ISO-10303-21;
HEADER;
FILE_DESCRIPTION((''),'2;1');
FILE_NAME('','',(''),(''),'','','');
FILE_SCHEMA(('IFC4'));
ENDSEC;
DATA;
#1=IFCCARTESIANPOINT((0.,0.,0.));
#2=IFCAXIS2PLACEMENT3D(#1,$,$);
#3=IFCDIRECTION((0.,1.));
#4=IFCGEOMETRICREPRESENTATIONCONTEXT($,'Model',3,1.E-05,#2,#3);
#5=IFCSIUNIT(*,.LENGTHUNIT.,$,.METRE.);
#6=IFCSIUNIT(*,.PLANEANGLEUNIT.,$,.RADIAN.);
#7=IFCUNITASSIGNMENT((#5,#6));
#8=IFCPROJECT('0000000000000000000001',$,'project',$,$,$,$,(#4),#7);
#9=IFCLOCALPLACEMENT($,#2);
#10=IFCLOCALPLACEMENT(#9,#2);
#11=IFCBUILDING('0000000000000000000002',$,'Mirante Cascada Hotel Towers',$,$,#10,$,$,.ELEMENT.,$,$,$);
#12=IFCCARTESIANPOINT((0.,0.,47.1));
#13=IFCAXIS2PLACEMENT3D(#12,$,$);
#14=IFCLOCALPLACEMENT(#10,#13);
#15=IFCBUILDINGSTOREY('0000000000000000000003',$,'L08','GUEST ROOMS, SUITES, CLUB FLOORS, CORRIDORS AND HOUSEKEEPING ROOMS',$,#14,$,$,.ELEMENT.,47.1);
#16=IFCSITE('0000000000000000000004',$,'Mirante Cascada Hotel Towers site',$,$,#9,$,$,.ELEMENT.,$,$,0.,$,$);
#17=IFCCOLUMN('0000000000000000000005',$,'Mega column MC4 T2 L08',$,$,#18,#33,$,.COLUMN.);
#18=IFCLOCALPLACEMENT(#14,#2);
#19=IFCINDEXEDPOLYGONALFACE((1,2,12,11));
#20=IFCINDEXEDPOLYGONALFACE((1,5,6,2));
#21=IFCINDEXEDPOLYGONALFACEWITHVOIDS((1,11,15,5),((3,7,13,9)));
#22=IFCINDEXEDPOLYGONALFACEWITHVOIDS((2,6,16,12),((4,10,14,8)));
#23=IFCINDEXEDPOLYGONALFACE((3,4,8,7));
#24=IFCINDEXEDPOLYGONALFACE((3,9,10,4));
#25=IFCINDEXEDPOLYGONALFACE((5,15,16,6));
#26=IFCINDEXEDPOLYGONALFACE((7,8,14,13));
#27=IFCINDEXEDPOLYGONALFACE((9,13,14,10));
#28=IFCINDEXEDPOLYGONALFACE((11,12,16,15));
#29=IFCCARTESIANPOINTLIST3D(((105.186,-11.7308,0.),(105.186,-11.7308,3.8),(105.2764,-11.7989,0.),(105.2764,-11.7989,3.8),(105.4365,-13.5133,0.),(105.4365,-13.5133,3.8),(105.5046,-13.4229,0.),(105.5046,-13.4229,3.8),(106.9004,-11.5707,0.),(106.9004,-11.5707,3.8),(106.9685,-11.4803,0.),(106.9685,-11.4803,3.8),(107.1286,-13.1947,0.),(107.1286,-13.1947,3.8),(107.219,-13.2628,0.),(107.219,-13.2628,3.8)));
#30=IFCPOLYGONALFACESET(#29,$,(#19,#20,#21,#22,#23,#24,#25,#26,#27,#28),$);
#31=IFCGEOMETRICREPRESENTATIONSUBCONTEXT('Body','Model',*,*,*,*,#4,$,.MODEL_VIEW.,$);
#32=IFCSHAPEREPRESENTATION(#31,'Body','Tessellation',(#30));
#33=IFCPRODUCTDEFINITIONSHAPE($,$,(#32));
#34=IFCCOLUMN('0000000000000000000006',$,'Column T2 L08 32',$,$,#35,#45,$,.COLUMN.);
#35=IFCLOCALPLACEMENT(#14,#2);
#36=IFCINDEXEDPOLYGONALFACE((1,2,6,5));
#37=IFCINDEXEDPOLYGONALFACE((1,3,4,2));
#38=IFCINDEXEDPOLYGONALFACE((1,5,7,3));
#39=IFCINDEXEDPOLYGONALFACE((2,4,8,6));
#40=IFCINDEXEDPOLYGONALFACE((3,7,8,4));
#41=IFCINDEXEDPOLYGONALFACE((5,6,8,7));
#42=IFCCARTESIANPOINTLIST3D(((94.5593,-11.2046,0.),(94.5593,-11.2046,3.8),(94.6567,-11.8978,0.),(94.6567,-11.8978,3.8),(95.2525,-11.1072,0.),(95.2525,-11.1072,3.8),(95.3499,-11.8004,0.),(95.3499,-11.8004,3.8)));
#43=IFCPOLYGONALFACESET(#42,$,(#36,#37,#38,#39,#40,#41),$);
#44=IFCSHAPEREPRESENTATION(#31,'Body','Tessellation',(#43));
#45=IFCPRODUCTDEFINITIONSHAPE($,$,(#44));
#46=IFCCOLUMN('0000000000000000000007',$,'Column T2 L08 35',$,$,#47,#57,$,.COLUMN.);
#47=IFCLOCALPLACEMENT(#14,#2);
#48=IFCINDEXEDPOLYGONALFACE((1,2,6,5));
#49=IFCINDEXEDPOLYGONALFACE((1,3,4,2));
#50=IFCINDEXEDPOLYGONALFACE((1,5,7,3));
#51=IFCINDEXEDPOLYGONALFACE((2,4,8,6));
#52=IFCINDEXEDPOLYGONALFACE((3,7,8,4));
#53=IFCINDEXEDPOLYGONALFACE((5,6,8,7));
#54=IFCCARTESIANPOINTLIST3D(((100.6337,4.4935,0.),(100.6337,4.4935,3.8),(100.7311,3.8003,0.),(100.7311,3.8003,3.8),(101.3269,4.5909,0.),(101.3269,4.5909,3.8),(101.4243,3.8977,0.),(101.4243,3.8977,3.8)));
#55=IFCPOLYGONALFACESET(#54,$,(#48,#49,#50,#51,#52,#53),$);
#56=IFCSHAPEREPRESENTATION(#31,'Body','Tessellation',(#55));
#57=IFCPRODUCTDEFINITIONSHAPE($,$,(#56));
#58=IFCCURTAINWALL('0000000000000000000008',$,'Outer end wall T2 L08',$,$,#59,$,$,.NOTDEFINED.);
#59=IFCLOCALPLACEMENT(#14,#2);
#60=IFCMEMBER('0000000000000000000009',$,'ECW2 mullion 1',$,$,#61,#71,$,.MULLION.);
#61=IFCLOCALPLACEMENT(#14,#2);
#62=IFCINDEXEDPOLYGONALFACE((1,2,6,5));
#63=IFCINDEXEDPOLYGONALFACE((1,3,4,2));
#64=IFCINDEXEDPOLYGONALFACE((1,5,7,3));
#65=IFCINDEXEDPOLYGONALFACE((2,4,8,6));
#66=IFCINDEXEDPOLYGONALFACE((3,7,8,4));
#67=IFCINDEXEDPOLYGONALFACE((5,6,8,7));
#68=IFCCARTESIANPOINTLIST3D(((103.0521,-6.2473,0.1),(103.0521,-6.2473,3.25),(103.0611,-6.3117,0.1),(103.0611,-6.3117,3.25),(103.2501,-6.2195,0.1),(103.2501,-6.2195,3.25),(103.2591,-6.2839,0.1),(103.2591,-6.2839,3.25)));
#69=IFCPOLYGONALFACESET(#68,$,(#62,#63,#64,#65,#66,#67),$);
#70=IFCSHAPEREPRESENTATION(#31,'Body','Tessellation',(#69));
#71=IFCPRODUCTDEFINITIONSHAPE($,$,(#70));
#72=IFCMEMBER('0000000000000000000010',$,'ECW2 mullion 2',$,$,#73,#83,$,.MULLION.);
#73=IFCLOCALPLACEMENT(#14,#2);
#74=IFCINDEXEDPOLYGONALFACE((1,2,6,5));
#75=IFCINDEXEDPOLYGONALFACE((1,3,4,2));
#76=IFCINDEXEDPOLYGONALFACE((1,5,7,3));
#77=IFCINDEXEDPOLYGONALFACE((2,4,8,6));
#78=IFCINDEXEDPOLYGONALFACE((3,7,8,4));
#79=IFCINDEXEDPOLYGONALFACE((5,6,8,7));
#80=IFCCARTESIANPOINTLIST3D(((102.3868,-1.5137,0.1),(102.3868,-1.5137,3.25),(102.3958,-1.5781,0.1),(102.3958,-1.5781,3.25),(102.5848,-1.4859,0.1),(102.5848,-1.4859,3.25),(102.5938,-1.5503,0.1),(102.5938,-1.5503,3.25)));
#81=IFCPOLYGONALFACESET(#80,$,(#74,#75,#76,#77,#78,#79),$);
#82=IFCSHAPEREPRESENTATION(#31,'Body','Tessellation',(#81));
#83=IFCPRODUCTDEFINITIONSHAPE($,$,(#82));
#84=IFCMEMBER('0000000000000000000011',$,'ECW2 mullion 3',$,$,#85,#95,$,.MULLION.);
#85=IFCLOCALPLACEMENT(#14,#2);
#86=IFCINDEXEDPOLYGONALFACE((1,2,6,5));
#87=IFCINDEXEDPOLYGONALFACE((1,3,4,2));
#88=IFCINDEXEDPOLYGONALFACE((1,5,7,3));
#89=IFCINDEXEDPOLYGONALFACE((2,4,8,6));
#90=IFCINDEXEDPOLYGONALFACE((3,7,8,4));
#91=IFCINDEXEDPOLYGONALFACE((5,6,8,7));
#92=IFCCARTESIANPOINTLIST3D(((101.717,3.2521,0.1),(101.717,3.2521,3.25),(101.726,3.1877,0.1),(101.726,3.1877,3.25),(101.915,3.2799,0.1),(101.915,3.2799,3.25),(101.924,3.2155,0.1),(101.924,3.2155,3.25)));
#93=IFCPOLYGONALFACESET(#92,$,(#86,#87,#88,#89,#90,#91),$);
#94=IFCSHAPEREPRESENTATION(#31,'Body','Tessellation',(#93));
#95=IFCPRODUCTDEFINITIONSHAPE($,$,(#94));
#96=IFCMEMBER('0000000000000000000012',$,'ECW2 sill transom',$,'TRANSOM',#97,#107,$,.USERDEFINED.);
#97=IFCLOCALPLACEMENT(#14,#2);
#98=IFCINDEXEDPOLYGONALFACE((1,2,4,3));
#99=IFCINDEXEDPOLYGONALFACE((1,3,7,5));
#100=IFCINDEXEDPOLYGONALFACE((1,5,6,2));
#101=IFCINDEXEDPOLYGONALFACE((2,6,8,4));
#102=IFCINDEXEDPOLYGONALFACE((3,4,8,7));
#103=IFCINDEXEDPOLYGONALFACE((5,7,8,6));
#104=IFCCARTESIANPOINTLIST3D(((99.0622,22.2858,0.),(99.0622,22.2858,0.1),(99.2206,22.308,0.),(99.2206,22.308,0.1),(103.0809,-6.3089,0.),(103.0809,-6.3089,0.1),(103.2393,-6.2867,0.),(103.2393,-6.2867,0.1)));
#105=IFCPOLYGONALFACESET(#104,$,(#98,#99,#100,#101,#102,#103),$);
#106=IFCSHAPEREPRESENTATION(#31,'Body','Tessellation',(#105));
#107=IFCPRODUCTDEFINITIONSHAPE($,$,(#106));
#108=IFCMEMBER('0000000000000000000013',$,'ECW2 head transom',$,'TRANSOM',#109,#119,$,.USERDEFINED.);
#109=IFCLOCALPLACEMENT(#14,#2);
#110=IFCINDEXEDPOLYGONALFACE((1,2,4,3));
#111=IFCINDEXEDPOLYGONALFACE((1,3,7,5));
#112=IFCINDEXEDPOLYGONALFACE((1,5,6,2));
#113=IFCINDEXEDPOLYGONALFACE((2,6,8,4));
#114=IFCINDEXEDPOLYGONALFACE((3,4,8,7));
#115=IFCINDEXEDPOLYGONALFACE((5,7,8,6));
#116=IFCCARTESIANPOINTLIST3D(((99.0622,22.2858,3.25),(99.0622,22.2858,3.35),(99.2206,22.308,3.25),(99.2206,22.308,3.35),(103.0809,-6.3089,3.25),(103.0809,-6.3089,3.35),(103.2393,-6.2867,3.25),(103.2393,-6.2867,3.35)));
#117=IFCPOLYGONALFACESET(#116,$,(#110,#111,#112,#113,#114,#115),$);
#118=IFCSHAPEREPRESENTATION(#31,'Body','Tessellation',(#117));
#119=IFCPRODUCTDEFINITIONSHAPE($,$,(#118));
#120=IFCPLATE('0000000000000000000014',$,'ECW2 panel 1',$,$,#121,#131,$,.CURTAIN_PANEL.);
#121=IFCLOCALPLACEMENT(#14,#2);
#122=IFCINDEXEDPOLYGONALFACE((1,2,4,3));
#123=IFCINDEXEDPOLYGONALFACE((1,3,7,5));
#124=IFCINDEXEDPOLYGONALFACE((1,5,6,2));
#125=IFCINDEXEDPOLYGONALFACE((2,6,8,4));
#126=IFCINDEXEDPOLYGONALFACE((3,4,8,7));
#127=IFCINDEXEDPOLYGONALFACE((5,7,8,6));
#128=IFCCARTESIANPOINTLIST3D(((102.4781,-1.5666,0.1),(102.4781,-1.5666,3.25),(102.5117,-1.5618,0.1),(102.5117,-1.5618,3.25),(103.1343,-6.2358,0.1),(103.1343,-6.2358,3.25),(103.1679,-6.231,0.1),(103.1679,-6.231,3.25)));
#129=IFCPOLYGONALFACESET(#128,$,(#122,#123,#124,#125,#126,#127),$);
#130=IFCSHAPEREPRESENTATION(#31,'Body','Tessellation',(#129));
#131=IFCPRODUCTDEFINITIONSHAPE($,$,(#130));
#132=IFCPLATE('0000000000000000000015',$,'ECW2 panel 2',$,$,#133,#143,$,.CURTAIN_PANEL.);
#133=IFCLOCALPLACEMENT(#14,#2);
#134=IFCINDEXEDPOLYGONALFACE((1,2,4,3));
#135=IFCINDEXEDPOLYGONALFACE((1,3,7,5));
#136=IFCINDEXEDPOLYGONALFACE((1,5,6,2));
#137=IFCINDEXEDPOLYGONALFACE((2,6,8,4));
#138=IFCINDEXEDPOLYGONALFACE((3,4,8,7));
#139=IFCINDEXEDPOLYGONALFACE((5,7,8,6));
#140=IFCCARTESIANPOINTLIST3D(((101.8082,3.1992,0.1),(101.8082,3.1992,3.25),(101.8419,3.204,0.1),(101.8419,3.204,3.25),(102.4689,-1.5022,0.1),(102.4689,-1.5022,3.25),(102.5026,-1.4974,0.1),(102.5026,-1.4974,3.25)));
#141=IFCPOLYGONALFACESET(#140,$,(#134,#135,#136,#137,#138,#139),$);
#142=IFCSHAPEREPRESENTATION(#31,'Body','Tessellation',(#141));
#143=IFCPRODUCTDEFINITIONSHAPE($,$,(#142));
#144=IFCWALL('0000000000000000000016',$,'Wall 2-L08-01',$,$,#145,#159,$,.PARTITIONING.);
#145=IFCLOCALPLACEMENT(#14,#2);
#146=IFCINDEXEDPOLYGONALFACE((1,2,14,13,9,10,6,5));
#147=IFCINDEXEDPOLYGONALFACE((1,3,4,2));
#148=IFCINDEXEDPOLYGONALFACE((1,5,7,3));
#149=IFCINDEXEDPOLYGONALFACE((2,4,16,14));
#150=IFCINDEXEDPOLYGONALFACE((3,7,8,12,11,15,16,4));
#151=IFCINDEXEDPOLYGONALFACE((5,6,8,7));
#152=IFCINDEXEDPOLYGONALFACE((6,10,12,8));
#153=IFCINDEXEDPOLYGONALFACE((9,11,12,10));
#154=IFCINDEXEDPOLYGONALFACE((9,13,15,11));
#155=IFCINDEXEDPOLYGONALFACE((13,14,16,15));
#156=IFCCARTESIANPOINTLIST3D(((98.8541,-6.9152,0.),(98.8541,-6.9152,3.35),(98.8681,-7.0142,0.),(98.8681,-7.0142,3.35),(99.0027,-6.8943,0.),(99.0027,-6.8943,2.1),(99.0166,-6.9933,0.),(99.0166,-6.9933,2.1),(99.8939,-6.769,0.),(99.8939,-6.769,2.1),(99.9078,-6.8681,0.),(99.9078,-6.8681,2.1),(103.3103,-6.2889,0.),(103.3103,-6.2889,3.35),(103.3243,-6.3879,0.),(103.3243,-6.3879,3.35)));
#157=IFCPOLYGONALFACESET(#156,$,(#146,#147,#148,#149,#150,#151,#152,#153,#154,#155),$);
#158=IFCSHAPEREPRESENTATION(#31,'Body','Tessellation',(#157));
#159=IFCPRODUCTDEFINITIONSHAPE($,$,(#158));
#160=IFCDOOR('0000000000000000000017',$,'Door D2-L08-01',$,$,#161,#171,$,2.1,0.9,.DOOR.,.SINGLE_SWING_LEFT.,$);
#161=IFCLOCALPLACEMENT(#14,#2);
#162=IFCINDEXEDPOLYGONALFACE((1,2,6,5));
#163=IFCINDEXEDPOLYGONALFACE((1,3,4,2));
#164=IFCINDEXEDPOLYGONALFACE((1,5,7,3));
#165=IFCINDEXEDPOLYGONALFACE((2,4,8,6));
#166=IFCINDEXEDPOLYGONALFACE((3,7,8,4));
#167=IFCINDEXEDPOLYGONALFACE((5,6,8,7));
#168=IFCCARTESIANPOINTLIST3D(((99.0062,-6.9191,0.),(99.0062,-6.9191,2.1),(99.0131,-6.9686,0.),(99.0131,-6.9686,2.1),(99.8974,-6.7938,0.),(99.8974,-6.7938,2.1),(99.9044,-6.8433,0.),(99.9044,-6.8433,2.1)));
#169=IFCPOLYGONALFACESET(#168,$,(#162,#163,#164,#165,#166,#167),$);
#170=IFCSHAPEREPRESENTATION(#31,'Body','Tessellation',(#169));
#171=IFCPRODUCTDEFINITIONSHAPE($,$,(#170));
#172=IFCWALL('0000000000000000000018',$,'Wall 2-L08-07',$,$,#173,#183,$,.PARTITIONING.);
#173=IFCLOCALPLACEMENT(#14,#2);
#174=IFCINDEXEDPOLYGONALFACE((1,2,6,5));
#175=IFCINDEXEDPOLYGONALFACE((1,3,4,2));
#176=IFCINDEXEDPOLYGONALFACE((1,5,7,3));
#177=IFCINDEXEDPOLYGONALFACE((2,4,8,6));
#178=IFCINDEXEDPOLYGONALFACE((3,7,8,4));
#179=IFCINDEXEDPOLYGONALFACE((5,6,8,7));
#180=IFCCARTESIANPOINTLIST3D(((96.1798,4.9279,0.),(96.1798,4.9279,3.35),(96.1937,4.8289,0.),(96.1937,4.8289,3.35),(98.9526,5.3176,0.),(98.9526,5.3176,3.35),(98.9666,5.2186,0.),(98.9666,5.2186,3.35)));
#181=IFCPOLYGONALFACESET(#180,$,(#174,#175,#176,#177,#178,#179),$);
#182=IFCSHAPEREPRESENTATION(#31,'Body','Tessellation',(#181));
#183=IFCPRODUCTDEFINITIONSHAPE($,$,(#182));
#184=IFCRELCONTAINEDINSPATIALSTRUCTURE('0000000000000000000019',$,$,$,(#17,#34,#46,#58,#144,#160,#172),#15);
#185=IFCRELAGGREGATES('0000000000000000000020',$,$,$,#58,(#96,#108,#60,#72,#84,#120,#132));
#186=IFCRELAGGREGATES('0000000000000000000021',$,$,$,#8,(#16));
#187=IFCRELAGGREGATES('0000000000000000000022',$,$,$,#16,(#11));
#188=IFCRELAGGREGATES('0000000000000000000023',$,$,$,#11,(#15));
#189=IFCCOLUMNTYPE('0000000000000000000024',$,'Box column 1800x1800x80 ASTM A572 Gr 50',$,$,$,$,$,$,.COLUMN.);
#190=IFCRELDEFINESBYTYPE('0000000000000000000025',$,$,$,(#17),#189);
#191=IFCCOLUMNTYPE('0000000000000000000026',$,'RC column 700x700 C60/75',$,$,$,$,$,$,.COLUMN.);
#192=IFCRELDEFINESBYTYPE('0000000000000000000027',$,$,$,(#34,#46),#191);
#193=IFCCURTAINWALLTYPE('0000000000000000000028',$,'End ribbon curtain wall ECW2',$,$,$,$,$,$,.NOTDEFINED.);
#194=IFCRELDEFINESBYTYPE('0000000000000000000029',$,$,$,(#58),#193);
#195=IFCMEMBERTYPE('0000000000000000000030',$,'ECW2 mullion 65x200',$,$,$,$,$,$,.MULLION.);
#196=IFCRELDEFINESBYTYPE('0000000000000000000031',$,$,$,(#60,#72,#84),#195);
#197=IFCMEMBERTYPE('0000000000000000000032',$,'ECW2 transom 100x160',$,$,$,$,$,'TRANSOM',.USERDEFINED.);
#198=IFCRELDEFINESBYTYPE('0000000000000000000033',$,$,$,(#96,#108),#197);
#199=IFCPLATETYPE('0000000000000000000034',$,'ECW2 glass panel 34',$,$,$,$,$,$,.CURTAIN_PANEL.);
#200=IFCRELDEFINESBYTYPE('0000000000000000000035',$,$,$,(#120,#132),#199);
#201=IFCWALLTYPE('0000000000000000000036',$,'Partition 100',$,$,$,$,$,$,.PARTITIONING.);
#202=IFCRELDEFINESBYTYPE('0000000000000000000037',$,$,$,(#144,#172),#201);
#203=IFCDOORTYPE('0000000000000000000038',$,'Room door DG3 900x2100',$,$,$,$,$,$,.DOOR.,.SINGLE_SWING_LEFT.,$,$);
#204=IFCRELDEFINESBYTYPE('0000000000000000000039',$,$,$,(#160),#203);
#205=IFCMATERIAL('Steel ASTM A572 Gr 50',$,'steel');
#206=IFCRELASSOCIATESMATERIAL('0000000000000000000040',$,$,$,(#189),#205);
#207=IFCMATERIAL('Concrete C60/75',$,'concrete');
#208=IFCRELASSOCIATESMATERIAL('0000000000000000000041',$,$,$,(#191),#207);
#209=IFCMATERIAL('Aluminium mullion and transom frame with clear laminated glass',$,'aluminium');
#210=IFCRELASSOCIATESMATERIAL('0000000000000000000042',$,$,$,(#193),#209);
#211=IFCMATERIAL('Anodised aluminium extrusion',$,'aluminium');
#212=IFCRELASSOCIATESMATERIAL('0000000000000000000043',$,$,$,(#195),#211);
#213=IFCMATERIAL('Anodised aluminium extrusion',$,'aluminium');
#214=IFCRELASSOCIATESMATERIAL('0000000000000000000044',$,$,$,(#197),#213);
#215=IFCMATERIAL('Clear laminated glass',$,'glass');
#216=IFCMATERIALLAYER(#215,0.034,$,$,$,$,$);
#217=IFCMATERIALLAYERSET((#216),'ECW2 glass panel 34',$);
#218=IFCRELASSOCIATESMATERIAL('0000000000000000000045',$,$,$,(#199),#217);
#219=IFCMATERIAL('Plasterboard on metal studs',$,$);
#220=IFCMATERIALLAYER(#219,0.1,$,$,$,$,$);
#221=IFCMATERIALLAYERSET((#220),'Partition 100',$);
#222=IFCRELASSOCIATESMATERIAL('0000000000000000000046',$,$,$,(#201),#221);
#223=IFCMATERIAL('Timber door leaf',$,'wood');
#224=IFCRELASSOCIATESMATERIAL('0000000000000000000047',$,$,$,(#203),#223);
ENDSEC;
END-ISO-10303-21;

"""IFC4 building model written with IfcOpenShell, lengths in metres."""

from ifc_helpers import new_model, si_unit, direction, frame, frame_2d, origin, origin_2d, place, context, subcontext, project, spatial, rectangle, hollow_rectangle, extrude, material, layer, layer_set, material_profile, profile_set, type_object, element, fill, aggregate, save


model = new_model("IFC4")

# Units and contexts
model_context = context("Model", 3, precision=1e-05, world=origin(), true_north=direction((0.0, 1.0)))
body_context = subcontext(model_context, "Body", "Model", "MODEL_VIEW")
ifc_project = project(units=[si_unit("LENGTHUNIT", "METRE"), si_unit("PLANEANGLEUNIT", "RADIAN")], contexts=[model_context])

# Site, building, storey
site_placement = place(None, origin())
site = spatial("IfcSite", under=ifc_project, at=site_placement, Name="Mirante Cascada Hotel Towers site", CompositionType="ELEMENT", RefElevation=0.0)
building_placement = place(site_placement, origin())
building = spatial("IfcBuilding", under=site, at=building_placement, Name="Mirante Cascada Hotel Towers", CompositionType="ELEMENT")
storey_placement = place(building_placement, frame((0.0, 0.0, 47.1)))
storey = spatial("IfcBuildingStorey", under=building, at=storey_placement, Name="L08", Description="GUEST ROOMS, SUITES, CLUB FLOORS, CORRIDORS AND HOUSEKEEPING ROOMS", CompositionType="ELEMENT", Elevation=47.1)

# Columns
ifc_material_1 = material(Name="Steel ASTM A572 Gr 50", Category="steel")
ifc_material_profile_1 = material_profile(ifc_material_1, hollow_rectangle(XDim=1.8, YDim=1.8, WallThickness=0.08, at=origin_2d()), Name="Box column 1800x1800x80 ASTM A572 Gr 50")
ifc_profile_set_1 = profile_set([ifc_material_profile_1], Name="Steel ASTM A572 Gr 50")
column_type_1 = type_object("IfcColumnType", Name="Box column 1800x1800x80 ASTM A572 Gr 50", PredefinedType="COLUMN", material=ifc_profile_set_1)
column_placement = place(storey_placement, frame((106.2025, -12.4968, 0.0), z_axis=(0.0, 0.0, 1.0), x_axis=(0.990268, 0.139173, 0.0)))
element("IfcColumn", 1, at=column_placement, inside=storey, type_object=column_type_1, Name="Mega column MC4 T2 L08", PredefinedType="COLUMN", context=body_context, shape_type="SweptSolid", body=[
    extrude(hollow_rectangle(XDim=1.8, YDim=1.8, WallThickness=0.08, at=origin_2d()), origin(), (0.0, 0.0, 1.0), 3.8),
])
ifc_material_2 = material(Name="Concrete C60/75", Category="concrete")
ifc_material_profile_2 = material_profile(ifc_material_2, rectangle(XDim=0.7, YDim=0.7, at=origin_2d()), Name="RC column 700x700 C60/75")
ifc_profile_set_2 = profile_set([ifc_material_profile_2], Name="Concrete C60/75")
column_type_2 = type_object("IfcColumnType", Name="RC column 700x700 C60/75", PredefinedType="COLUMN", material=ifc_profile_set_2)
for number, where, z_axis, x_axis, name in (
    (2, (94.9546, -11.5025, 0.0), (0.0, 0.0, 1.0), (0.990268, 0.139173, 0.0), "Column T2 L08 32"),
    (3, (101.029, 4.1956, 0.0), (0.0, 0.0, 1.0), (0.990268, 0.139173, 0.0), "Column T2 L08 35"),
):
    element("IfcColumn", number, at=place(storey_placement, frame(where, z_axis=z_axis, x_axis=x_axis)), inside=storey, type_object=column_type_2, Name=name, PredefinedType="COLUMN", context=body_context, shape_type="SweptSolid", body=[
        extrude(rectangle(XDim=0.7, YDim=0.7, at=origin_2d()), origin(), (0.0, 0.0, 1.0), 3.8),
    ])

# Curtain wall, members, plates
ifc_material_3 = material(Name="Aluminium mullion and transom frame with clear laminated glass", Category="aluminium")
curtain_wall_type = type_object("IfcCurtainWallType", Name="End ribbon curtain wall ECW2", PredefinedType="NOTDEFINED", material=ifc_material_3)
curtain_wall_placement = place(storey_placement, origin())
curtain_wall = element("IfcCurtainWall", 4, at=curtain_wall_placement, inside=storey, type_object=curtain_wall_type, Name="Outer end wall T2 L08", PredefinedType="NOTDEFINED")
ifc_material_4 = material(Name="Anodised aluminium extrusion", Category="aluminium")
ifc_material_profile_3 = material_profile(ifc_material_4, rectangle(XDim=0.2, YDim=0.065, at=origin_2d()), Name="ECW2 MULLION 65x200")
ifc_profile_set_3 = profile_set([ifc_material_profile_3], Name="Anodised aluminium extrusion")
member_type_1 = type_object("IfcMemberType", Name="ECW2 mullion 65x200", PredefinedType="MULLION", material=ifc_profile_set_3)
member_1_placement = place(storey_placement, frame((103.1556, -6.2656, 0.1), z_axis=(0.0, 0.0, 1.0), x_axis=(-0.990268, -0.139173, 0.0)))
member_1 = element("IfcMember", 5, at=member_1_placement, type_object=member_type_1, Name="ECW2 mullion 1", PredefinedType="MULLION", context=body_context, shape_type="SweptSolid", body=[
    extrude(rectangle(XDim=0.2, YDim=0.065, at=origin_2d()), origin(), (0.0, 0.0, 1.0), 3.15),
])
member_2_placement = place(storey_placement, frame((102.4903, -1.532, 0.1), z_axis=(0.0, 0.0, 1.0), x_axis=(-0.990268, -0.139173, 0.0)))
member_2 = element("IfcMember", 6, at=member_2_placement, type_object=member_type_1, Name="ECW2 mullion 2", PredefinedType="MULLION", context=body_context, shape_type="SweptSolid", body=[
    extrude(rectangle(XDim=0.2, YDim=0.065, at=origin_2d()), origin(), (0.0, 0.0, 1.0), 3.15),
])
member_3_placement = place(storey_placement, frame((101.8205, 3.2338, 0.1), z_axis=(0.0, 0.0, 1.0), x_axis=(-0.990268, -0.139173, 0.0)))
member_3 = element("IfcMember", 7, at=member_3_placement, type_object=member_type_1, Name="ECW2 mullion 3", PredefinedType="MULLION", context=body_context, shape_type="SweptSolid", body=[
    extrude(rectangle(XDim=0.2, YDim=0.065, at=origin_2d()), origin(), (0.0, 0.0, 1.0), 3.15),
])
ifc_material_5 = material(Name="Anodised aluminium extrusion", Category="aluminium")
ifc_material_profile_4 = material_profile(ifc_material_5, rectangle(XDim=0.16, YDim=0.1, at=origin_2d()), Name="ECW2 TRANSOM 100x160")
ifc_profile_set_4 = profile_set([ifc_material_profile_4], Name="Anodised aluminium extrusion")
member_type_2 = type_object("IfcMemberType", Name="ECW2 transom 100x160", ElementType="TRANSOM", PredefinedType="USERDEFINED", material=ifc_profile_set_4)
member_4_placement = place(storey_placement, frame((103.1601, -6.2978, 0.05), z_axis=(-0.139172, 0.990268, 0.0), x_axis=(-0.990268, -0.139172, 0.0)))
member_4 = element("IfcMember", 8, at=member_4_placement, type_object=member_type_2, Name="ECW2 sill transom", ObjectType="TRANSOM", PredefinedType="USERDEFINED", context=body_context, shape_type="SweptSolid", body=[
    extrude(rectangle(XDim=0.16, YDim=0.1, at=origin_2d()), origin(), (0.0, 0.0, 1.0), 28.8757),
])
member_5_placement = place(storey_placement, frame((103.1601, -6.2978, 3.3), z_axis=(-0.139172, 0.990268, 0.0), x_axis=(-0.990268, -0.139172, 0.0)))
member_5 = element("IfcMember", 9, at=member_5_placement, type_object=member_type_2, Name="ECW2 head transom", ObjectType="TRANSOM", PredefinedType="USERDEFINED", context=body_context, shape_type="SweptSolid", body=[
    extrude(rectangle(XDim=0.16, YDim=0.1, at=origin_2d()), origin(), (0.0, 0.0, 1.0), 28.8757),
])
ifc_material_6 = material(Name="Clear laminated glass", Category="glass")
ifc_layer_1 = layer(ifc_material_6, 0.034)
ifc_layer_set_1 = layer_set([ifc_layer_1], Name="ECW2 glass panel 34")
plate_type = type_object("IfcPlateType", Name="ECW2 glass panel 34", PredefinedType="CURTAIN_PANEL", material=ifc_layer_set_1)
plate_1_placement = place(storey_placement, frame((102.823, -3.8988, 0.1), z_axis=(0.0, 0.0, 1.0), x_axis=(-0.139173, 0.990268, 0.0)))
plate_1 = element("IfcPlate", 10, at=plate_1_placement, type_object=plate_type, Name="ECW2 panel 1", PredefinedType="CURTAIN_PANEL", context=body_context, shape_type="SweptSolid", body=[
    extrude(rectangle(XDim=4.7151, YDim=0.034, at=origin_2d()), origin(), (0.0, 0.0, 1.0), 3.15),
])
plate_2_placement = place(storey_placement, frame((102.1554, 0.8509, 0.1), z_axis=(0.0, 0.0, 1.0), x_axis=(-0.139173, 0.990268, 0.0)))
plate_2 = element("IfcPlate", 11, at=plate_2_placement, type_object=plate_type, Name="ECW2 panel 2", PredefinedType="CURTAIN_PANEL", context=body_context, shape_type="SweptSolid", body=[
    extrude(rectangle(XDim=4.7476, YDim=0.034, at=origin_2d()), origin(), (0.0, 0.0, 1.0), 3.15),
])
aggregate(curtain_wall, [member_4, member_5, member_1, member_2, member_3, plate_1, plate_2])

# Wall, opening, door
ifc_material_7 = material(Name="Plasterboard on metal studs")
ifc_layer_2 = layer(ifc_material_7, 0.1)
ifc_layer_set_2 = layer_set([ifc_layer_2], Name="Partition 100")
wall_type_1 = type_object("IfcWallType", Name="Partition 100", PredefinedType="PARTITIONING", material=ifc_layer_set_2)
wall_1_placement = place(storey_placement, frame((98.8611, -6.9647, 0.0), z_axis=(0.0, 0.0, 1.0), x_axis=(0.990267, 0.139178, 0.0)))
wall_1 = element("IfcWall", 12, at=wall_1_placement, inside=storey, type_object=wall_type_1, Name="Wall 2-L08-01", PredefinedType="PARTITIONING", context=body_context, shape_type="SweptSolid", body=[
    extrude(rectangle(XDim=4.5, YDim=0.1, at=frame_2d((2.25, 0.0))), origin(), (0.0, 0.0, 1.0), 3.35),
])
opening_1_placement = place(wall_1_placement, frame((0.15, 0.0, 0.0)))
opening_1 = element("IfcOpeningElement", 13, at=opening_1_placement, cuts=wall_1, PredefinedType="OPENING", context=body_context, shape_type="SweptSolid", body=[
    extrude(rectangle(XDim=0.9, YDim=2.1, at=frame_2d((0.45, 1.05))), frame((0.0, 0.05, 0.0), z_axis=(0.0, -1.0, 0.0), x_axis=(1.0, 0.0, 0.0)), (0.0, 0.0, 1.0), 0.1),
])
ifc_material_8 = material(Name="Timber door leaf", Category="wood")
door_type_1 = type_object("IfcDoorType", Name="Room door DG3 900x2100", OperationType="SINGLE_SWING_LEFT", PredefinedType="DOOR", material=ifc_material_8)
door_1_placement = place(opening_1_placement, origin())
door_1 = element("IfcDoor", 14, at=door_1_placement, inside=storey, type_object=door_type_1, Name="Door D2-L08-01", OperationType="SINGLE_SWING_LEFT", OverallHeight=2.1, OverallWidth=0.9, PredefinedType="DOOR", context=body_context, shape_type="SweptSolid", body=[
    extrude(rectangle(XDim=0.9, YDim=2.1, at=frame_2d((0.45, 1.05))), frame((0.0, 0.025, 0.0), z_axis=(0.0, -1.0, 0.0), x_axis=(1.0, 0.0, 0.0)), (0.0, 0.0, 1.0), 0.05),
])
fill(opening_1, door_1)

# Wall
wall_2_placement = place(storey_placement, frame((96.1868, 4.8784, 0.0), z_axis=(0.0, 0.0, 1.0), x_axis=(0.990268, 0.139176, 0.0)))
element("IfcWall", 15, at=wall_2_placement, inside=storey, type_object=wall_type_1, Name="Wall 2-L08-07", PredefinedType="PARTITIONING", context=body_context, shape_type="SweptSolid", body=[
    extrude(rectangle(XDim=2.8001, YDim=0.1, at=frame_2d((1.4, 0.0))), origin(), (0.0, 0.0, 1.0), 3.35),
])

save(model, "model.ifc")
